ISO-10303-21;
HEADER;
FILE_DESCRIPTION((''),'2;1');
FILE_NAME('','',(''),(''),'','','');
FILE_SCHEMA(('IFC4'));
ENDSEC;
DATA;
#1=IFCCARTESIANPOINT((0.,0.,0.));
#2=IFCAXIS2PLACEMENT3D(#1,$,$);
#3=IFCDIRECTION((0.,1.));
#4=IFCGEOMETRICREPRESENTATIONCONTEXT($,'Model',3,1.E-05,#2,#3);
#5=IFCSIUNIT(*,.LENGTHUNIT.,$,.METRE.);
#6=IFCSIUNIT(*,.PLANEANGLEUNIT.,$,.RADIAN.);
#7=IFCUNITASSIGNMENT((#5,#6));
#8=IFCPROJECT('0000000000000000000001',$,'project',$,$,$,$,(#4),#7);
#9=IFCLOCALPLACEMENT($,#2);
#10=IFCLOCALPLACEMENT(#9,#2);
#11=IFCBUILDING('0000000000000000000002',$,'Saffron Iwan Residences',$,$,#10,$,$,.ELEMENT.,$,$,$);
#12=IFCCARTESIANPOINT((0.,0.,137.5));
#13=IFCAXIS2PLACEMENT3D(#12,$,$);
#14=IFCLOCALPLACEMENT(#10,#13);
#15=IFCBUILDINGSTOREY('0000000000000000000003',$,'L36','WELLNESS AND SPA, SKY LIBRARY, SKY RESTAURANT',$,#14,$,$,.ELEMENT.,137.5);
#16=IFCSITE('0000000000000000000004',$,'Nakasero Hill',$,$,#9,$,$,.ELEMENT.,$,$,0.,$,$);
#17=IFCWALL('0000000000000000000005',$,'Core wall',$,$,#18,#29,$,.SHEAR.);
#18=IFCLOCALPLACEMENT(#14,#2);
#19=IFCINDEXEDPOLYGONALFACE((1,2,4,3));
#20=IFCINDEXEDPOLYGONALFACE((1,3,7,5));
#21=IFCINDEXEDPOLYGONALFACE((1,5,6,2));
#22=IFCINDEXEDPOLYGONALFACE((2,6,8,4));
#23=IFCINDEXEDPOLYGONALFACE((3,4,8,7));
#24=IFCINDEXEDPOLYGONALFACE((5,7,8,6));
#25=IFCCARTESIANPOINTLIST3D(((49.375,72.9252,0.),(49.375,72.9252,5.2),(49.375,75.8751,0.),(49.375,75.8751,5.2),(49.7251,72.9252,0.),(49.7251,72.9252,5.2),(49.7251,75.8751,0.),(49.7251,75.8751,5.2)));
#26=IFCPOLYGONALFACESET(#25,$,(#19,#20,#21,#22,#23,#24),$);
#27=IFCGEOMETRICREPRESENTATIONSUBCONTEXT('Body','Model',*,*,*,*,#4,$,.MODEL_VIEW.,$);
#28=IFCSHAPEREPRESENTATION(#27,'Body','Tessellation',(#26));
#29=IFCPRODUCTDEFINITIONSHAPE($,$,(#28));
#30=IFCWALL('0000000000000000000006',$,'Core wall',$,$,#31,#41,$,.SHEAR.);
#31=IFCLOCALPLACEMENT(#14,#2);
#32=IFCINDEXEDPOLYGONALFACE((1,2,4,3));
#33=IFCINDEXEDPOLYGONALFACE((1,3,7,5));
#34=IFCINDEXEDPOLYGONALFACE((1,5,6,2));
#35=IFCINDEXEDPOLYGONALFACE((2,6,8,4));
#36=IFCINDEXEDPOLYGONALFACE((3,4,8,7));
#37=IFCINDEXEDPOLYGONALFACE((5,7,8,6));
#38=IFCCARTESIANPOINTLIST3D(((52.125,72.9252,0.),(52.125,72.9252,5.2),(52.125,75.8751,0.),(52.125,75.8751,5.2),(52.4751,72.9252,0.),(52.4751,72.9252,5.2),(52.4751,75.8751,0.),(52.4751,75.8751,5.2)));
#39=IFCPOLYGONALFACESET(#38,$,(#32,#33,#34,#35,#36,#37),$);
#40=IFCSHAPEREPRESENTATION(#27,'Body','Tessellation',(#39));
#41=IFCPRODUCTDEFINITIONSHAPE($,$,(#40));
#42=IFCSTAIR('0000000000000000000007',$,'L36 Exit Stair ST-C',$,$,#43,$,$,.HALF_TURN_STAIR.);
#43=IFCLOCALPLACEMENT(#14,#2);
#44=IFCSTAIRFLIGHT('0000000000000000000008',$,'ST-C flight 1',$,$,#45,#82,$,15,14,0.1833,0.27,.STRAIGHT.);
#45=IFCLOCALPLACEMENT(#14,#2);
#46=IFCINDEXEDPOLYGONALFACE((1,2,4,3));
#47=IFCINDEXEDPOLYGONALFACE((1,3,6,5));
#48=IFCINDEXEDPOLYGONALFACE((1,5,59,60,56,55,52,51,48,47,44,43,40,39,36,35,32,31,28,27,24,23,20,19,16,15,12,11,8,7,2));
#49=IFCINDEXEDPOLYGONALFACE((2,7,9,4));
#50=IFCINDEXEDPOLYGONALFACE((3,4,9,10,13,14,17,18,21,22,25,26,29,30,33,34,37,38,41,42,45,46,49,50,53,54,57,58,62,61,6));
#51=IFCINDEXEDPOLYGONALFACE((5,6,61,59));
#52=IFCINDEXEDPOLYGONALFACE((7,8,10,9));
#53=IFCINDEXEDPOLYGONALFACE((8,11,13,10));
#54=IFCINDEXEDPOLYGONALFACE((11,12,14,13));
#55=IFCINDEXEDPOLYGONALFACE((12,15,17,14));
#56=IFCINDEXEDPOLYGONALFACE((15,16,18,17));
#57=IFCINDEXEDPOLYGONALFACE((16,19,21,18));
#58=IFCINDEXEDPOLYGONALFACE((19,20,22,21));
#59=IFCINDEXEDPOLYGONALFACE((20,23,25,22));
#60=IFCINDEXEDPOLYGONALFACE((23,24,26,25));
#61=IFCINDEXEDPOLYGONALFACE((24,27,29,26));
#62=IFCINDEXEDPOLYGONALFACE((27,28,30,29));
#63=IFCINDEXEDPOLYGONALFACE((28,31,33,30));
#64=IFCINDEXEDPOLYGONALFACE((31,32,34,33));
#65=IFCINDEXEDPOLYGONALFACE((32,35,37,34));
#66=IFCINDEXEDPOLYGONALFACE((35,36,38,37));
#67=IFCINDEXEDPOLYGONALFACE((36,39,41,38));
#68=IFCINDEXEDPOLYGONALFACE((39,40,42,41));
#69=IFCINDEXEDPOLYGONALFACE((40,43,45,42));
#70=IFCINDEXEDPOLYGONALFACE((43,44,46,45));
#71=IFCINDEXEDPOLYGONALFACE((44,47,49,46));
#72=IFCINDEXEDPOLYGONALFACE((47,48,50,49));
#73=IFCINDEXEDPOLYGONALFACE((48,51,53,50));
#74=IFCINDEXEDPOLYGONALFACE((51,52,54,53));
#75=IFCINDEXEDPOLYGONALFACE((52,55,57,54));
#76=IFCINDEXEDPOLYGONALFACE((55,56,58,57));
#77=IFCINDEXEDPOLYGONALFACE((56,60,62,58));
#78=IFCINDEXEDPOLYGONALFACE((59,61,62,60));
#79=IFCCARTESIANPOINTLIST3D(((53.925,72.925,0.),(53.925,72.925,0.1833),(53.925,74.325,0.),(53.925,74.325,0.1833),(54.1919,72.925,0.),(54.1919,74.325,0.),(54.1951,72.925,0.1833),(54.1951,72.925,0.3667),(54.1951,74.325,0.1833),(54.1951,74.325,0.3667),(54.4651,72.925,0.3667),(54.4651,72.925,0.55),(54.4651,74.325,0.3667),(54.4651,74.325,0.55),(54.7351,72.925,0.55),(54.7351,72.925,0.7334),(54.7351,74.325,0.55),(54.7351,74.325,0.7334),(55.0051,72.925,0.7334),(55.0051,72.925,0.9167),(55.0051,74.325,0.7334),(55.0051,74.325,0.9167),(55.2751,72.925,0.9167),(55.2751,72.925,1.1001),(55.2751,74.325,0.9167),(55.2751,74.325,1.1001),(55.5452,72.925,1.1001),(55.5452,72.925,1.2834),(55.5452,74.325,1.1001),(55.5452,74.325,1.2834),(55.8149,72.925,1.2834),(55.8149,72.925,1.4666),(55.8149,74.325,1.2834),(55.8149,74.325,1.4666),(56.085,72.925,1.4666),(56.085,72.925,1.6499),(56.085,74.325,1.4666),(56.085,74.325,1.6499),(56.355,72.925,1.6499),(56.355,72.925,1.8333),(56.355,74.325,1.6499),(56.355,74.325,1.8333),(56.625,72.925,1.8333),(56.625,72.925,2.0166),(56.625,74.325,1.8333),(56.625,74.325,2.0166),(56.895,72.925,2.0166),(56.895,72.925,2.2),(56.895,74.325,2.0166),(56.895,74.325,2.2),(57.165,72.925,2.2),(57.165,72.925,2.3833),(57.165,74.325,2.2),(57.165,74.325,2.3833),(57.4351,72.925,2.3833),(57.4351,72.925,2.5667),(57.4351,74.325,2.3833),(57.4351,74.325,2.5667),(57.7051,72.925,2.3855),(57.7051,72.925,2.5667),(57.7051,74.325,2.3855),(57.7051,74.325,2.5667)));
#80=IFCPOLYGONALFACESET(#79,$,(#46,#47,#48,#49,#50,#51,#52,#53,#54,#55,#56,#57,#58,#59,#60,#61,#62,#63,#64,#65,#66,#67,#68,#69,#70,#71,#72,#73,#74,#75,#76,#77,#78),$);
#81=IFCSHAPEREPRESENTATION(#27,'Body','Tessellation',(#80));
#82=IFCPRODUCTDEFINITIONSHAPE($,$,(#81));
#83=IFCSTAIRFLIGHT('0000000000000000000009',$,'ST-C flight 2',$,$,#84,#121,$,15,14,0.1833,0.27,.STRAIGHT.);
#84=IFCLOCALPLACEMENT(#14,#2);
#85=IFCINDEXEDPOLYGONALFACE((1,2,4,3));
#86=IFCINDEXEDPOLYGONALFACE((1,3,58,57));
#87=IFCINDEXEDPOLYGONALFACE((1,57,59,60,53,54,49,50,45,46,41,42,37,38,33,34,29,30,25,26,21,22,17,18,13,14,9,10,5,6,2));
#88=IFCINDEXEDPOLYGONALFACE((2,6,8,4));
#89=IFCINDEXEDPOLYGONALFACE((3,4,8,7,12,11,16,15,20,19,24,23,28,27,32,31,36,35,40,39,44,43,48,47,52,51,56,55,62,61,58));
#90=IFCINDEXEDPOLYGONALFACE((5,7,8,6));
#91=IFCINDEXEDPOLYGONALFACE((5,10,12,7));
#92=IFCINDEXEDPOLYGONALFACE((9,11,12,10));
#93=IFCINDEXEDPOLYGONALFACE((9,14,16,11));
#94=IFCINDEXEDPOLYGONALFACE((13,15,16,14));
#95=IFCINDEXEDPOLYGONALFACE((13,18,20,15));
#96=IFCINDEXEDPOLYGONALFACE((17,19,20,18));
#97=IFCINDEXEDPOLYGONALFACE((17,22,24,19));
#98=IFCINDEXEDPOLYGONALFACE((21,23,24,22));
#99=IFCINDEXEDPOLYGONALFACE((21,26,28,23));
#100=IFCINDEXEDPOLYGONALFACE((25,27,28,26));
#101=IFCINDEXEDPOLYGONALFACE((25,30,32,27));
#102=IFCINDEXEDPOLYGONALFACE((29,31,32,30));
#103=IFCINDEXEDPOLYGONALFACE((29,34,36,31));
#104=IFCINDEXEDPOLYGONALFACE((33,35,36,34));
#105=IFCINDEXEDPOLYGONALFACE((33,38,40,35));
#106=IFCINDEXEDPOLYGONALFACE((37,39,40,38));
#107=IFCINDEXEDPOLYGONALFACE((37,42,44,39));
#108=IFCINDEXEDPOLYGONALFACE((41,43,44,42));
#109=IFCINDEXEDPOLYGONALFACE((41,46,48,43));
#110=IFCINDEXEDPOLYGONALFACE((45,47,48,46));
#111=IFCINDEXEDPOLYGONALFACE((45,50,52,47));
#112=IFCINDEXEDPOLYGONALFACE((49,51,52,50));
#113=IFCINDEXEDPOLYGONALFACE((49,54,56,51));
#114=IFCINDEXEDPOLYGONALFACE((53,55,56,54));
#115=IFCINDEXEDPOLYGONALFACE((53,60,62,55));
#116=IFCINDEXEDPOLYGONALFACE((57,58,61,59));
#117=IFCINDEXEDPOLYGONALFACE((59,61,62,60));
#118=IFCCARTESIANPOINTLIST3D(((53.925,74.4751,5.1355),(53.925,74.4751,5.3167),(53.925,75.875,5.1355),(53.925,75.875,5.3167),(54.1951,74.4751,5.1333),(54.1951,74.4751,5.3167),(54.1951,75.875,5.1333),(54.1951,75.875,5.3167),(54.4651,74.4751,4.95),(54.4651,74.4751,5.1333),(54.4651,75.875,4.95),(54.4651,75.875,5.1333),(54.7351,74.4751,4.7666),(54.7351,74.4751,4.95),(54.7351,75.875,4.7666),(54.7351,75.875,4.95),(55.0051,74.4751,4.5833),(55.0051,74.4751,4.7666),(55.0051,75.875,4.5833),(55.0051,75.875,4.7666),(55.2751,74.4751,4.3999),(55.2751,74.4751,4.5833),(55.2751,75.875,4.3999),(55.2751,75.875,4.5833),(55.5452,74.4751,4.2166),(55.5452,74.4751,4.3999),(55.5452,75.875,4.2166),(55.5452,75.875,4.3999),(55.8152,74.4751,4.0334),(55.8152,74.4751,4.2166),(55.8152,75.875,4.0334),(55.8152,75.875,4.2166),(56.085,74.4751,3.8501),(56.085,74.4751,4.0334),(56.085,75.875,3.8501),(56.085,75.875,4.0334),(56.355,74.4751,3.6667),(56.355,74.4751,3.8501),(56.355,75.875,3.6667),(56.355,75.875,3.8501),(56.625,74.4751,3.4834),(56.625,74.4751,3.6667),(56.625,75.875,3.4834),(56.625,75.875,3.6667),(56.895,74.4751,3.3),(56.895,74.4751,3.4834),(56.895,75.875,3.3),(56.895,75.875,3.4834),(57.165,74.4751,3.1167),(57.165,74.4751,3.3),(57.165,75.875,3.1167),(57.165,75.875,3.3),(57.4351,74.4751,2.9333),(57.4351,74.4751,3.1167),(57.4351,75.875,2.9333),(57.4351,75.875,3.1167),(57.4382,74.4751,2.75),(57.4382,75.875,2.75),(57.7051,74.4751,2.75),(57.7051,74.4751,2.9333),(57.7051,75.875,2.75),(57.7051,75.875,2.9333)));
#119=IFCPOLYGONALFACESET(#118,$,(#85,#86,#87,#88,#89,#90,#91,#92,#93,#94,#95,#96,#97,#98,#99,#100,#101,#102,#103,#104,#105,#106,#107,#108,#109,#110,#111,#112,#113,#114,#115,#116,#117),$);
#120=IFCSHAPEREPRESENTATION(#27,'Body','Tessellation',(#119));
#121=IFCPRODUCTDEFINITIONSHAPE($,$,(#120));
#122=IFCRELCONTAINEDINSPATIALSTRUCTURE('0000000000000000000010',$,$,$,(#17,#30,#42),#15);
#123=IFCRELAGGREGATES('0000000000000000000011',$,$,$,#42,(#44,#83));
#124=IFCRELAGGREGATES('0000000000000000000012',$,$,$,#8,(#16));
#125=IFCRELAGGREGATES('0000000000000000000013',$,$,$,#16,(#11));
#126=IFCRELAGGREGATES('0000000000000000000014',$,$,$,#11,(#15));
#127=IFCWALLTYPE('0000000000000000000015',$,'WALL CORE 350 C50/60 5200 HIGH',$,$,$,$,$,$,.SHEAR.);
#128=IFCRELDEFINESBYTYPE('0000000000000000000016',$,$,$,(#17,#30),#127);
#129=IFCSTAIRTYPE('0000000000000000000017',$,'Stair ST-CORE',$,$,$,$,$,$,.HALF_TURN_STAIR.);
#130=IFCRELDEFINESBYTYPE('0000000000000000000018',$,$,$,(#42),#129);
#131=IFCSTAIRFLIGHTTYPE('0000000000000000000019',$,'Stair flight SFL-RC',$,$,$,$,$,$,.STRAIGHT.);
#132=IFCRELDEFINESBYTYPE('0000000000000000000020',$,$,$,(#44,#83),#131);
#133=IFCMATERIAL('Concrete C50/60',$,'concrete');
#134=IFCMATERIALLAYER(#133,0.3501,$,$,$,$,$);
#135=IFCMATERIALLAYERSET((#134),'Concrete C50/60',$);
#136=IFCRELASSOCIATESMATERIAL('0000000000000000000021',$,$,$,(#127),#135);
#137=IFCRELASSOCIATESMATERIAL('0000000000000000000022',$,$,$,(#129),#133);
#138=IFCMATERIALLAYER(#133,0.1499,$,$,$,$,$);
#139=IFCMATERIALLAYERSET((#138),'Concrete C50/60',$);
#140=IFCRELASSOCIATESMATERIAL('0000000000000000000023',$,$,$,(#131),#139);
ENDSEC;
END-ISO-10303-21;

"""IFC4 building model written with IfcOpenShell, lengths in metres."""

from ifc_helpers import new_model, si_unit, direction, frame, frame_2d, origin, place, context, subcontext, project, spatial, polyline, rectangle, outline, extrude, material, layer, layer_set, type_object, element, aggregate, save


model = new_model("IFC4")

# Units and contexts
model_context = context("Model", 3, precision=1e-05, world=origin(), true_north=direction((0.0, 1.0)))
body_context = subcontext(model_context, "Body", "Model", "MODEL_VIEW")
ifc_project = project(units=[si_unit("LENGTHUNIT", "METRE"), si_unit("PLANEANGLEUNIT", "RADIAN")], contexts=[model_context])

# Site, building, storey
site_placement = place(None, origin())
site = spatial("IfcSite", under=ifc_project, at=site_placement, Name="Nakasero Hill", CompositionType="ELEMENT", RefElevation=0.0)
building_placement = place(site_placement, origin())
building = spatial("IfcBuilding", under=site, at=building_placement, Name="Saffron Iwan Residences", CompositionType="ELEMENT")
storey_placement = place(building_placement, frame((0.0, 0.0, 137.5)))
storey = spatial("IfcBuildingStorey", under=building, at=storey_placement, Name="L36", Description="WELLNESS AND SPA, SKY LIBRARY, SKY RESTAURANT", CompositionType="ELEMENT", Elevation=137.5)

# Shared definitions
ifc_material_1 = material(Name="Concrete C50/60", Category="concrete")

# Shared definitions
ifc_layer_1 = layer(ifc_material_1, 0.3501)
ifc_layer_set_1 = layer_set([ifc_layer_1], Name="Concrete C50/60")
wall_type_1 = type_object("IfcWallType", Name="WALL CORE 350 C50/60 5200 HIGH", PredefinedType="SHEAR", material=ifc_layer_set_1)

# Walls
for number, where, z_axis, x_axis, name in (
    (1, (49.55, 72.925, 0.0), (0.0, 0.0, 1.0), (0.0, 1.0, 0.0), "Core wall"),
    (2, (52.3, 72.925, 0.0), (0.0, 0.0, 1.0), (0.0, 1.0, 0.0), "Core wall"),
):
    element("IfcWall", number, at=place(storey_placement, frame(where, z_axis=z_axis, x_axis=x_axis)), inside=storey, type_object=wall_type_1, Name=name, PredefinedType="SHEAR", context=body_context, shape_type="SweptSolid", body=[
        extrude(rectangle(XDim=2.95, YDim=0.3501, at=frame_2d((1.4751, 0.0))), origin(), (0.0, 0.0, 1.0), 5.2),
    ])

# Stair, stair flights
stair_type = type_object("IfcStairType", Name="Stair ST-CORE", PredefinedType="HALF_TURN_STAIR", material=ifc_material_1)
stair_placement = place(storey_placement, origin())
stair = element("IfcStair", 3, at=stair_placement, inside=storey, type_object=stair_type, Name="L36 Exit Stair ST-C", PredefinedType="HALF_TURN_STAIR")
ifc_layer_2 = layer(ifc_material_1, 0.1499)
ifc_layer_set_2 = layer_set([ifc_layer_2], Name="Concrete C50/60")
stair_flight_type = type_object("IfcStairFlightType", Name="Stair flight SFL-RC", PredefinedType="STRAIGHT", material=ifc_layer_set_2)
stair_flight_1_placement = place(storey_placement, frame((53.925, 73.625, 0.0), z_axis=(0.0, 0.0, 1.0), x_axis=(1.0, 0.0, 0.0)))
stair_flight_1 = element("IfcStairFlight", 4, at=stair_flight_1_placement, type_object=stair_flight_type, Name="ST-C flight 1", NumberOfRisers=15, NumberOfTreads=14, PredefinedType="STRAIGHT", RiserHeight=0.1833, TreadLength=0.27, context=body_context, shape_type="SweptSolid", body=[
    extrude(outline(polyline([(0.0, 0.0), (0.0, 0.1833), (0.27, 0.1833), (0.27, 0.3667), (0.54, 0.3667), (0.54, 0.55), (0.8101, 0.55), (0.8101, 0.7334), (1.0801, 0.7334), (1.0801, 0.9167), (1.3501, 0.9167), (1.3501, 1.1001), (1.6201, 1.1001), (1.6201, 1.2834), (1.8899, 1.2834), (1.8899, 1.4666), (2.1599, 1.4666), (2.1599, 1.6499), (2.4299, 1.6499), (2.4299, 1.8333), (2.7, 1.8333), (2.7, 2.0166), (2.97, 2.0166), (2.97, 2.2), (3.24, 2.2), (3.24, 2.3833), (3.51, 2.3833), (3.51, 2.5667), (3.78, 2.5667), (3.78, 2.75), (3.78, 2.3855), (0.2668, 0.0), (0.0, 0.0)])), frame((0.0, 0.7, 0.0), z_axis=(0.0, -1.0, 0.0), x_axis=(1.0, 0.0, 0.0)), (0.0, 0.0, 1.0), 1.3999),
])
stair_flight_2_placement = place(storey_placement, frame((57.7051, 75.175, 2.75), z_axis=(0.0, 0.0, 1.0), x_axis=(-1.0, 0.0, 0.0)))
stair_flight_2 = element("IfcStairFlight", 5, at=stair_flight_2_placement, type_object=stair_flight_type, Name="ST-C flight 2", NumberOfRisers=15, NumberOfTreads=14, PredefinedType="STRAIGHT", RiserHeight=0.1833, TreadLength=0.27, context=body_context, shape_type="SweptSolid", body=[
    extrude(outline(polyline([(0.0, 0.0), (0.0, 0.1833), (0.27, 0.1833), (0.27, 0.3667), (0.54, 0.3667), (0.54, 0.55), (0.8101, 0.55), (0.8101, 0.7334), (1.0801, 0.7334), (1.0801, 0.9167), (1.3501, 0.9167), (1.3501, 1.1001), (1.6201, 1.1001), (1.6201, 1.2834), (1.8899, 1.2834), (1.8899, 1.4666), (2.1599, 1.4666), (2.1599, 1.6499), (2.4299, 1.6499), (2.4299, 1.8333), (2.7, 1.8333), (2.7, 2.0166), (2.97, 2.0166), (2.97, 2.2), (3.24, 2.2), (3.24, 2.3833), (3.51, 2.3833), (3.51, 2.5667), (3.78, 2.5667), (3.78, 2.75), (3.78, 2.3855), (0.2668, 0.0), (0.0, 0.0)])), frame((0.0, 0.7, 0.0), z_axis=(0.0, -1.0, 0.0), x_axis=(1.0, 0.0, 0.0)), (0.0, 0.0, 1.0), 1.3999),
])
aggregate(stair, [stair_flight_1, stair_flight_2])

save(model, "model.ifc")
